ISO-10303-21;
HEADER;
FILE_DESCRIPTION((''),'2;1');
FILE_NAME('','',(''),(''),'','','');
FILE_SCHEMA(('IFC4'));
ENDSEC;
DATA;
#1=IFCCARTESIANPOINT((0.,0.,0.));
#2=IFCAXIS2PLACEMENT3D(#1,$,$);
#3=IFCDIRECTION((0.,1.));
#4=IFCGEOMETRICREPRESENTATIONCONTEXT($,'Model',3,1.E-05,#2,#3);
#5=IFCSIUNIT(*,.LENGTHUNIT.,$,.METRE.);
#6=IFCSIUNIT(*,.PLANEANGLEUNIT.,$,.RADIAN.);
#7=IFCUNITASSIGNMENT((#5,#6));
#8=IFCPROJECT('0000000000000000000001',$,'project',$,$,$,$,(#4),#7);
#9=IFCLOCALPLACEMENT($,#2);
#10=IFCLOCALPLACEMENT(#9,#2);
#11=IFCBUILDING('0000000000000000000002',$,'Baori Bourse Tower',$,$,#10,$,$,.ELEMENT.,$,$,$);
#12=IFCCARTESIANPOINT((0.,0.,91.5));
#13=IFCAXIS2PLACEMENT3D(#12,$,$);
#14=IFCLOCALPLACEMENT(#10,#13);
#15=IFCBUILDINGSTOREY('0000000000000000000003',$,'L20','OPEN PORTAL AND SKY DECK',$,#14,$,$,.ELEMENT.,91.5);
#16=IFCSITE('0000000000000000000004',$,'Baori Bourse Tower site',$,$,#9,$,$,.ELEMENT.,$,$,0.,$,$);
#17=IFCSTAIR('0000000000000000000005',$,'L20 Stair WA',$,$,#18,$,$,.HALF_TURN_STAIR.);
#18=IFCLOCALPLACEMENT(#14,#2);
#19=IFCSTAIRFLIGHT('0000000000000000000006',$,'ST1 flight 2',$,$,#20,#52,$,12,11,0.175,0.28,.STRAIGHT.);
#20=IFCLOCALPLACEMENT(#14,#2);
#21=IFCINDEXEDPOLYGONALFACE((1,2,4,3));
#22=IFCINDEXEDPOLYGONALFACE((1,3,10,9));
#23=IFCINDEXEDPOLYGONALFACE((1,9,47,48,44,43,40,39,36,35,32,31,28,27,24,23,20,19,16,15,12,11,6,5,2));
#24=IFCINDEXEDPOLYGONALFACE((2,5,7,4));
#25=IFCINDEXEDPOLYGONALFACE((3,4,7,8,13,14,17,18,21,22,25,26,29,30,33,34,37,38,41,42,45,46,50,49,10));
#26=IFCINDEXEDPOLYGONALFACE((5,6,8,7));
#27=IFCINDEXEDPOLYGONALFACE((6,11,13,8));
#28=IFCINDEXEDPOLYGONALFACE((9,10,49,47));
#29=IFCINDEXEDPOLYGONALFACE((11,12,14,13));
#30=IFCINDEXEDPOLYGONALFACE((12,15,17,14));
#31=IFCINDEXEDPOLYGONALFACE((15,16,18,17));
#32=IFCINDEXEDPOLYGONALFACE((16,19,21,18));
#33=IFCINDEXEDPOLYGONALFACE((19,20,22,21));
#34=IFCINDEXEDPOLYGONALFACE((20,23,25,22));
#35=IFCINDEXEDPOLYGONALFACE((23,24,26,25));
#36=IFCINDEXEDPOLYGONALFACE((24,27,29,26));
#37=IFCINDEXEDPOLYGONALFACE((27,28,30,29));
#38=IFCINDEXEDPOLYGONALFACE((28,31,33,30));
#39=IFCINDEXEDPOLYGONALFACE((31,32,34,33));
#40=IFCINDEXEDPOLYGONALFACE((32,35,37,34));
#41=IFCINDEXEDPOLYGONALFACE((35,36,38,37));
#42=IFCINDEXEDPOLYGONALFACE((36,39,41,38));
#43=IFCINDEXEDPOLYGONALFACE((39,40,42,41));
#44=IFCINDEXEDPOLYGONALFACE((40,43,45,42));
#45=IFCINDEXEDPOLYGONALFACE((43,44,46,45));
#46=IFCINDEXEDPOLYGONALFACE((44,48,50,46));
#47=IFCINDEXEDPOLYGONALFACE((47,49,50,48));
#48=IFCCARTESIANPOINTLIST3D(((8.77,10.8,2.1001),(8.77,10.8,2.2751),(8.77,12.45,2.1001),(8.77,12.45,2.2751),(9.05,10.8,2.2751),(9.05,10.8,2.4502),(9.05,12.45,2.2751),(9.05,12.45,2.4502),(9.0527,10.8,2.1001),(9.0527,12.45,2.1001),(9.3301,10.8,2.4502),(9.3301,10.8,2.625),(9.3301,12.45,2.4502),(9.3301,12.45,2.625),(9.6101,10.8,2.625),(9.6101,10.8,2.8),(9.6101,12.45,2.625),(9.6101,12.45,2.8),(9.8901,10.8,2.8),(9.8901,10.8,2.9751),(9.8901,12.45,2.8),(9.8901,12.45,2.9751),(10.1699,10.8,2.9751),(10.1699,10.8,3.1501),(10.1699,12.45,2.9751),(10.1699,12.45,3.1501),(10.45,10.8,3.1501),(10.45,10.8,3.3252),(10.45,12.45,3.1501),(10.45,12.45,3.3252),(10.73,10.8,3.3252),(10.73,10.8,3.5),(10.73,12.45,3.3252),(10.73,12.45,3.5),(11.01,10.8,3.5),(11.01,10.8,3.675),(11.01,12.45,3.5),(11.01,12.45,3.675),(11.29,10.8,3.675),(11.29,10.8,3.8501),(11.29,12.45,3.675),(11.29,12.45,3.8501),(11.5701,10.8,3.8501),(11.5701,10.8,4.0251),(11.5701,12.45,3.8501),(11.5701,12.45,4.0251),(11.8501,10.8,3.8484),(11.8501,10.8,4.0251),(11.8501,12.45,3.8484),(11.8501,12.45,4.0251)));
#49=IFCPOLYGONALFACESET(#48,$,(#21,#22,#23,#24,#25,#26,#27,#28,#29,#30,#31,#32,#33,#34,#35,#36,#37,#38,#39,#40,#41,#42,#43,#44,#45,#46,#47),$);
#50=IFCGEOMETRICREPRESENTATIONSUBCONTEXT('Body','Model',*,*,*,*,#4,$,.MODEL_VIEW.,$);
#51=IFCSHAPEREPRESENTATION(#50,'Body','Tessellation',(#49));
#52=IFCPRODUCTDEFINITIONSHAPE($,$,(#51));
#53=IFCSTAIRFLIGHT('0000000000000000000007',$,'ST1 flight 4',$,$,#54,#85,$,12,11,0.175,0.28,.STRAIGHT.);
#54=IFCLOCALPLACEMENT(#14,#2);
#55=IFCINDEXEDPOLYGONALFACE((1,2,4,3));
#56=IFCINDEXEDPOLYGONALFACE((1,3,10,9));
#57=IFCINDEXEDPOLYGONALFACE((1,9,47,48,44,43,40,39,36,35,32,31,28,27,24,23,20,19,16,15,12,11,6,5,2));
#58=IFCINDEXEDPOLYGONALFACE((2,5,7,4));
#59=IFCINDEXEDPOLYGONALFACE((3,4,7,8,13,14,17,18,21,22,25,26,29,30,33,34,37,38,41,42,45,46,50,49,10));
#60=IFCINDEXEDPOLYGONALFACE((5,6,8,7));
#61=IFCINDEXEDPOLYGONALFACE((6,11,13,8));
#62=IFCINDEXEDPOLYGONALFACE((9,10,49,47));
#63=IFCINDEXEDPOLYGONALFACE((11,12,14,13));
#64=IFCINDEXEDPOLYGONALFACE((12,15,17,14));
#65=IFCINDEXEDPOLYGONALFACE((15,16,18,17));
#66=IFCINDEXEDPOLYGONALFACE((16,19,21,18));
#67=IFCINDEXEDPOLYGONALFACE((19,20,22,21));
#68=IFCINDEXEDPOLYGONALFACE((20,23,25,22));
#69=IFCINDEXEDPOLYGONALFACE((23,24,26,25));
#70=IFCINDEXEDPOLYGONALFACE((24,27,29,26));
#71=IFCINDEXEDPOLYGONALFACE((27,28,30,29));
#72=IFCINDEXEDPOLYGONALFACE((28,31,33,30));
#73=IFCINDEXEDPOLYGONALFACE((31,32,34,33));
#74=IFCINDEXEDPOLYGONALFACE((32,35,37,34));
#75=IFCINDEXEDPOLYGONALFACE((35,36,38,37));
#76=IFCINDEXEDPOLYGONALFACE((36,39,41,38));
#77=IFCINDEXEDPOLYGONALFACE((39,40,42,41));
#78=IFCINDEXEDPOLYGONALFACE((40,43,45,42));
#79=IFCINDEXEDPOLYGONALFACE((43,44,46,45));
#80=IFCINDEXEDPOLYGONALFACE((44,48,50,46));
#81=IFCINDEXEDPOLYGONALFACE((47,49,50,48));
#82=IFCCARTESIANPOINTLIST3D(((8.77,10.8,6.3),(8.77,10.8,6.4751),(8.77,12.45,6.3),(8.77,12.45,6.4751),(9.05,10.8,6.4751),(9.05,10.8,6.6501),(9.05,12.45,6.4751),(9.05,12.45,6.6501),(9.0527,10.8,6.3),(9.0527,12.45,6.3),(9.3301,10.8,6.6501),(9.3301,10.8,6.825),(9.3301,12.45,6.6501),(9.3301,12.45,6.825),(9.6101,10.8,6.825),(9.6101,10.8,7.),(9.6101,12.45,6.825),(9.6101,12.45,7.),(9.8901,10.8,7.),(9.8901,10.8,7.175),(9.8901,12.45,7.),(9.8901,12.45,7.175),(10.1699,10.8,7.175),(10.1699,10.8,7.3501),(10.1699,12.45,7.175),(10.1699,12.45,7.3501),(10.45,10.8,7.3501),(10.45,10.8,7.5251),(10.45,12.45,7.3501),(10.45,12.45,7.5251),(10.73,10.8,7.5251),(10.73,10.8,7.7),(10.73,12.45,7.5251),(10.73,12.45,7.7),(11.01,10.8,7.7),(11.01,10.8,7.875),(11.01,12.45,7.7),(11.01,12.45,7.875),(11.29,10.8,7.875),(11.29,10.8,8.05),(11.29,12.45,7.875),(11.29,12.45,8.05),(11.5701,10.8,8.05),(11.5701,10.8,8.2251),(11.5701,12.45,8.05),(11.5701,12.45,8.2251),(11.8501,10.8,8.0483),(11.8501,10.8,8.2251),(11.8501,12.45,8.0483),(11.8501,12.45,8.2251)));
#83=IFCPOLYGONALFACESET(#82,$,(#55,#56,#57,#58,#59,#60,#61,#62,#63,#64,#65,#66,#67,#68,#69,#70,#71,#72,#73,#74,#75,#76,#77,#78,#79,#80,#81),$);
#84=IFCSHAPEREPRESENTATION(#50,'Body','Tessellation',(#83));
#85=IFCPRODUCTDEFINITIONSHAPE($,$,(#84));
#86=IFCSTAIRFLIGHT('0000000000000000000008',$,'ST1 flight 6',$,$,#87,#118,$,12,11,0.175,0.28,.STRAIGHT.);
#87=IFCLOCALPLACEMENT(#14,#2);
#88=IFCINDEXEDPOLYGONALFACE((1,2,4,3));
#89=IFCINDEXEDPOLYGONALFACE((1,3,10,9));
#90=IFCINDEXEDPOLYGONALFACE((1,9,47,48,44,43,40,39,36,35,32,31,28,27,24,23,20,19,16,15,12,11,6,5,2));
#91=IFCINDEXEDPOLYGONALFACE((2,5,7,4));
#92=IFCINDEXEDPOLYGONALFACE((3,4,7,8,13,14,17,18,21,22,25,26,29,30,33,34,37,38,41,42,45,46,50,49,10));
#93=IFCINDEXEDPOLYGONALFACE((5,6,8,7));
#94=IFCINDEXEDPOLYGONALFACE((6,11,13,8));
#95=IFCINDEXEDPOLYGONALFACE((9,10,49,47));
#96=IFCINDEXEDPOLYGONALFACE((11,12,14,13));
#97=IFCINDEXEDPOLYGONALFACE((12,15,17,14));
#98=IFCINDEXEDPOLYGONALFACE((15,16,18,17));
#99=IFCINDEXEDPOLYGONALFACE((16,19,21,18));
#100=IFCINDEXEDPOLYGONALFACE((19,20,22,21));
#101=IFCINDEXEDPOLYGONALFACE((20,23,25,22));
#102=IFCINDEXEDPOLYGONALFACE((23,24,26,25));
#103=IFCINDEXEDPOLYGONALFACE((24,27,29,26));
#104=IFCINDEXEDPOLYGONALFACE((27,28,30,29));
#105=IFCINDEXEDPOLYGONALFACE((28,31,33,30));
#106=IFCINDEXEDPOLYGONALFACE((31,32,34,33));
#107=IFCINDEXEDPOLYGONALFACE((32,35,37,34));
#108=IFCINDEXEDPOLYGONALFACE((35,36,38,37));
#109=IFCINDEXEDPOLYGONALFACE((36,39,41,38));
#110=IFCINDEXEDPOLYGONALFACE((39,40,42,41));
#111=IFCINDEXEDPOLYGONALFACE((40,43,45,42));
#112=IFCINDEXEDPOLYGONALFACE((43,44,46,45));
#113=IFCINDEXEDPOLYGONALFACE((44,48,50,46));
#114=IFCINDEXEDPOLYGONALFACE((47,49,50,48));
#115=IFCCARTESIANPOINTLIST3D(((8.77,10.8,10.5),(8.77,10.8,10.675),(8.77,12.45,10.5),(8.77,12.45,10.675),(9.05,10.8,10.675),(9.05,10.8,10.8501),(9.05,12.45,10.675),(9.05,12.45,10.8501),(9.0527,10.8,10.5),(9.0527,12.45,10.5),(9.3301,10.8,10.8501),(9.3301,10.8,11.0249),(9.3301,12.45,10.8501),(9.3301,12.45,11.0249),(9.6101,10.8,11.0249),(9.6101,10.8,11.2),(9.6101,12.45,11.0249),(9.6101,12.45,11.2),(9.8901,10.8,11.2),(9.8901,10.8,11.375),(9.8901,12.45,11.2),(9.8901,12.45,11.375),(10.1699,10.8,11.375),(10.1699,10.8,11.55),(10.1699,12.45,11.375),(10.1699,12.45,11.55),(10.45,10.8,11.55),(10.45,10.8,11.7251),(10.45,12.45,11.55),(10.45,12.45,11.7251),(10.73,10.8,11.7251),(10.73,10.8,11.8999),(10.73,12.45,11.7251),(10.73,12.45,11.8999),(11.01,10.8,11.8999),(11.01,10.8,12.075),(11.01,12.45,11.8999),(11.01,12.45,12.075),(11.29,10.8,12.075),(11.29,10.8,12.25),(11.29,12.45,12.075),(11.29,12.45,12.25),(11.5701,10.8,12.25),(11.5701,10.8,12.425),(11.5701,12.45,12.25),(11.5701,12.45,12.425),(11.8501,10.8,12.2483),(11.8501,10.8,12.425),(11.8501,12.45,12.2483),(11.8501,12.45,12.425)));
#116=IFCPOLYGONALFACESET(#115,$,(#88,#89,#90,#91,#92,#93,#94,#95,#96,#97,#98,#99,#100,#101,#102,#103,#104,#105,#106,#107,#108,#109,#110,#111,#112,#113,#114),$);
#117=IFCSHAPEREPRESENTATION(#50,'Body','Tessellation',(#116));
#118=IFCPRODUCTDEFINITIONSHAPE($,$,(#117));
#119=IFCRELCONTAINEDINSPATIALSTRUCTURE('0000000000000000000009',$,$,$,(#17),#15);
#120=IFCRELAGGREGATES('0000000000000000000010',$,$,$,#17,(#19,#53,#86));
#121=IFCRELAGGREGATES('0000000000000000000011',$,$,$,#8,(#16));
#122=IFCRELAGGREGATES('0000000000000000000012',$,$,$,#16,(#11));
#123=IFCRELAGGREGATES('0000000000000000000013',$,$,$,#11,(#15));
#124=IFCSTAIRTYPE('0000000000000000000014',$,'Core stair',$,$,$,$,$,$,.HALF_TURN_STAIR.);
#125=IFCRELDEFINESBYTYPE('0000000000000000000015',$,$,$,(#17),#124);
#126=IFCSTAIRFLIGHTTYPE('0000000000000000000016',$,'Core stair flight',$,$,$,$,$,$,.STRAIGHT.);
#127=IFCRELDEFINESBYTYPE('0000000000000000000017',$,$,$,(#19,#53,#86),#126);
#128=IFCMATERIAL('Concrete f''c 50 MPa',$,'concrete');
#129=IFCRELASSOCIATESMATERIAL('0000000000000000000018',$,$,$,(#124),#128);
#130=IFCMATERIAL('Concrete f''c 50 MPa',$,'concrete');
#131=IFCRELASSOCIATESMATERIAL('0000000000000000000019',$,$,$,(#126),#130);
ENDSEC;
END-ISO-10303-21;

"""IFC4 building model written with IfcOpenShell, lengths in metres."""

from ifc_helpers import new_model, si_unit, direction, frame, origin, place, context, subcontext, project, spatial, polyline, outline, extrude, material, type_object, element, aggregate, save


model = new_model("IFC4")

# Units and contexts
model_context = context("Model", 3, precision=1e-05, world=origin(), true_north=direction((0.0, 1.0)))
body_context = subcontext(model_context, "Body", "Model", "MODEL_VIEW")
ifc_project = project(units=[si_unit("LENGTHUNIT", "METRE"), si_unit("PLANEANGLEUNIT", "RADIAN")], contexts=[model_context])

# Site, building, storey
site_placement = place(None, origin())
site = spatial("IfcSite", under=ifc_project, at=site_placement, Name="Baori Bourse Tower site", CompositionType="ELEMENT", RefElevation=0.0)
building_placement = place(site_placement, origin())
building = spatial("IfcBuilding", under=site, at=building_placement, Name="Baori Bourse Tower", CompositionType="ELEMENT")
storey_placement = place(building_placement, frame((0.0, 0.0, 91.5)))
storey = spatial("IfcBuildingStorey", under=building, at=storey_placement, Name="L20", Description="OPEN PORTAL AND SKY DECK", CompositionType="ELEMENT", Elevation=91.5)

# Stair, stair flights
ifc_material_1 = material(Name="Concrete f'c 50 MPa", Category="concrete")
stair_type = type_object("IfcStairType", Name="Core stair", PredefinedType="HALF_TURN_STAIR", material=ifc_material_1)
stair_placement = place(storey_placement, origin())
stair = element("IfcStair", 1, at=stair_placement, inside=storey, type_object=stair_type, Name="L20 Stair WA", PredefinedType="HALF_TURN_STAIR")
ifc_material_2 = material(Name="Concrete f'c 50 MPa", Category="concrete")
stair_flight_type = type_object("IfcStairFlightType", Name="Core stair flight", PredefinedType="STRAIGHT", material=ifc_material_2)
stair_flight_1_placement = place(storey_placement, frame((8.77, 11.625, 2.1001), z_axis=(0.0, 0.0, 1.0), x_axis=(1.0, 0.0, 0.0)))
stair_flight_1 = element("IfcStairFlight", 2, at=stair_flight_1_placement, type_object=stair_flight_type, Name="ST1 flight 2", NumberOfRisers=12, NumberOfTreads=11, PredefinedType="STRAIGHT", RiserHeight=0.175, TreadLength=0.28, context=body_context, shape_type="SweptSolid", body=[
    extrude(outline(polyline([(0.0, 0.0), (0.0, 0.175), (0.28, 0.175), (0.28, 0.3501), (0.5601, 0.3501), (0.5601, 0.5249), (0.8401, 0.5249), (0.8401, 0.7), (1.1201, 0.7), (1.1201, 0.875), (1.3999, 0.875), (1.3999, 1.05), (1.6799, 1.05), (1.6799, 1.2251), (1.96, 1.2251), (1.96, 1.3999), (2.24, 1.3999), (2.24, 1.575), (2.52, 1.575), (2.52, 1.75), (2.8, 1.75), (2.8, 1.925), (3.0801, 1.925), (3.0801, 2.1001), (3.0801, 1.7483), (0.2827, 0.0), (0.0, 0.0)])), frame((0.0, 0.825, 0.0), z_axis=(0.0, -1.0, 0.0), x_axis=(1.0, 0.0, 0.0)), (0.0, 0.0, 1.0), 1.6499),
])
stair_flight_2_placement = place(storey_placement, frame((8.77, 11.625, 6.3), z_axis=(0.0, 0.0, 1.0), x_axis=(1.0, 0.0, 0.0)))
stair_flight_2 = element("IfcStairFlight", 3, at=stair_flight_2_placement, type_object=stair_flight_type, Name="ST1 flight 4", NumberOfRisers=12, NumberOfTreads=11, PredefinedType="STRAIGHT", RiserHeight=0.175, TreadLength=0.28, context=body_context, shape_type="SweptSolid", body=[
    extrude(outline(polyline([(0.0, 0.0), (0.0, 0.175), (0.28, 0.175), (0.28, 0.3501), (0.5601, 0.3501), (0.5601, 0.5249), (0.8401, 0.5249), (0.8401, 0.7), (1.1201, 0.7), (1.1201, 0.875), (1.3999, 0.875), (1.3999, 1.05), (1.6799, 1.05), (1.6799, 1.2251), (1.96, 1.2251), (1.96, 1.3999), (2.24, 1.3999), (2.24, 1.575), (2.52, 1.575), (2.52, 1.75), (2.8, 1.75), (2.8, 1.925), (3.0801, 1.925), (3.0801, 2.1001), (3.0801, 1.7483), (0.2827, 0.0), (0.0, 0.0)])), frame((0.0, 0.825, 0.0), z_axis=(0.0, -1.0, 0.0), x_axis=(1.0, 0.0, 0.0)), (0.0, 0.0, 1.0), 1.6499),
])
stair_flight_3_placement = place(storey_placement, frame((8.77, 11.625, 10.5), z_axis=(0.0, 0.0, 1.0), x_axis=(1.0, 0.0, 0.0)))
stair_flight_3 = element("IfcStairFlight", 4, at=stair_flight_3_placement, type_object=stair_flight_type, Name="ST1 flight 6", NumberOfRisers=12, NumberOfTreads=11, PredefinedType="STRAIGHT", RiserHeight=0.175, TreadLength=0.28, context=body_context, shape_type="SweptSolid", body=[
    extrude(outline(polyline([(0.0, 0.0), (0.0, 0.175), (0.28, 0.175), (0.28, 0.3501), (0.5601, 0.3501), (0.5601, 0.5249), (0.8401, 0.5249), (0.8401, 0.7), (1.1201, 0.7), (1.1201, 0.875), (1.3999, 0.875), (1.3999, 1.05), (1.6799, 1.05), (1.6799, 1.2251), (1.96, 1.2251), (1.96, 1.3999), (2.24, 1.3999), (2.24, 1.575), (2.52, 1.575), (2.52, 1.75), (2.8, 1.75), (2.8, 1.925), (3.0801, 1.925), (3.0801, 2.1001), (3.0801, 1.7483), (0.2827, 0.0), (0.0, 0.0)])), frame((0.0, 0.825, 0.0), z_axis=(0.0, -1.0, 0.0), x_axis=(1.0, 0.0, 0.0)), (0.0, 0.0, 1.0), 1.6499),
])
aggregate(stair, [stair_flight_1, stair_flight_2, stair_flight_3])

save(model, "model.ifc")
